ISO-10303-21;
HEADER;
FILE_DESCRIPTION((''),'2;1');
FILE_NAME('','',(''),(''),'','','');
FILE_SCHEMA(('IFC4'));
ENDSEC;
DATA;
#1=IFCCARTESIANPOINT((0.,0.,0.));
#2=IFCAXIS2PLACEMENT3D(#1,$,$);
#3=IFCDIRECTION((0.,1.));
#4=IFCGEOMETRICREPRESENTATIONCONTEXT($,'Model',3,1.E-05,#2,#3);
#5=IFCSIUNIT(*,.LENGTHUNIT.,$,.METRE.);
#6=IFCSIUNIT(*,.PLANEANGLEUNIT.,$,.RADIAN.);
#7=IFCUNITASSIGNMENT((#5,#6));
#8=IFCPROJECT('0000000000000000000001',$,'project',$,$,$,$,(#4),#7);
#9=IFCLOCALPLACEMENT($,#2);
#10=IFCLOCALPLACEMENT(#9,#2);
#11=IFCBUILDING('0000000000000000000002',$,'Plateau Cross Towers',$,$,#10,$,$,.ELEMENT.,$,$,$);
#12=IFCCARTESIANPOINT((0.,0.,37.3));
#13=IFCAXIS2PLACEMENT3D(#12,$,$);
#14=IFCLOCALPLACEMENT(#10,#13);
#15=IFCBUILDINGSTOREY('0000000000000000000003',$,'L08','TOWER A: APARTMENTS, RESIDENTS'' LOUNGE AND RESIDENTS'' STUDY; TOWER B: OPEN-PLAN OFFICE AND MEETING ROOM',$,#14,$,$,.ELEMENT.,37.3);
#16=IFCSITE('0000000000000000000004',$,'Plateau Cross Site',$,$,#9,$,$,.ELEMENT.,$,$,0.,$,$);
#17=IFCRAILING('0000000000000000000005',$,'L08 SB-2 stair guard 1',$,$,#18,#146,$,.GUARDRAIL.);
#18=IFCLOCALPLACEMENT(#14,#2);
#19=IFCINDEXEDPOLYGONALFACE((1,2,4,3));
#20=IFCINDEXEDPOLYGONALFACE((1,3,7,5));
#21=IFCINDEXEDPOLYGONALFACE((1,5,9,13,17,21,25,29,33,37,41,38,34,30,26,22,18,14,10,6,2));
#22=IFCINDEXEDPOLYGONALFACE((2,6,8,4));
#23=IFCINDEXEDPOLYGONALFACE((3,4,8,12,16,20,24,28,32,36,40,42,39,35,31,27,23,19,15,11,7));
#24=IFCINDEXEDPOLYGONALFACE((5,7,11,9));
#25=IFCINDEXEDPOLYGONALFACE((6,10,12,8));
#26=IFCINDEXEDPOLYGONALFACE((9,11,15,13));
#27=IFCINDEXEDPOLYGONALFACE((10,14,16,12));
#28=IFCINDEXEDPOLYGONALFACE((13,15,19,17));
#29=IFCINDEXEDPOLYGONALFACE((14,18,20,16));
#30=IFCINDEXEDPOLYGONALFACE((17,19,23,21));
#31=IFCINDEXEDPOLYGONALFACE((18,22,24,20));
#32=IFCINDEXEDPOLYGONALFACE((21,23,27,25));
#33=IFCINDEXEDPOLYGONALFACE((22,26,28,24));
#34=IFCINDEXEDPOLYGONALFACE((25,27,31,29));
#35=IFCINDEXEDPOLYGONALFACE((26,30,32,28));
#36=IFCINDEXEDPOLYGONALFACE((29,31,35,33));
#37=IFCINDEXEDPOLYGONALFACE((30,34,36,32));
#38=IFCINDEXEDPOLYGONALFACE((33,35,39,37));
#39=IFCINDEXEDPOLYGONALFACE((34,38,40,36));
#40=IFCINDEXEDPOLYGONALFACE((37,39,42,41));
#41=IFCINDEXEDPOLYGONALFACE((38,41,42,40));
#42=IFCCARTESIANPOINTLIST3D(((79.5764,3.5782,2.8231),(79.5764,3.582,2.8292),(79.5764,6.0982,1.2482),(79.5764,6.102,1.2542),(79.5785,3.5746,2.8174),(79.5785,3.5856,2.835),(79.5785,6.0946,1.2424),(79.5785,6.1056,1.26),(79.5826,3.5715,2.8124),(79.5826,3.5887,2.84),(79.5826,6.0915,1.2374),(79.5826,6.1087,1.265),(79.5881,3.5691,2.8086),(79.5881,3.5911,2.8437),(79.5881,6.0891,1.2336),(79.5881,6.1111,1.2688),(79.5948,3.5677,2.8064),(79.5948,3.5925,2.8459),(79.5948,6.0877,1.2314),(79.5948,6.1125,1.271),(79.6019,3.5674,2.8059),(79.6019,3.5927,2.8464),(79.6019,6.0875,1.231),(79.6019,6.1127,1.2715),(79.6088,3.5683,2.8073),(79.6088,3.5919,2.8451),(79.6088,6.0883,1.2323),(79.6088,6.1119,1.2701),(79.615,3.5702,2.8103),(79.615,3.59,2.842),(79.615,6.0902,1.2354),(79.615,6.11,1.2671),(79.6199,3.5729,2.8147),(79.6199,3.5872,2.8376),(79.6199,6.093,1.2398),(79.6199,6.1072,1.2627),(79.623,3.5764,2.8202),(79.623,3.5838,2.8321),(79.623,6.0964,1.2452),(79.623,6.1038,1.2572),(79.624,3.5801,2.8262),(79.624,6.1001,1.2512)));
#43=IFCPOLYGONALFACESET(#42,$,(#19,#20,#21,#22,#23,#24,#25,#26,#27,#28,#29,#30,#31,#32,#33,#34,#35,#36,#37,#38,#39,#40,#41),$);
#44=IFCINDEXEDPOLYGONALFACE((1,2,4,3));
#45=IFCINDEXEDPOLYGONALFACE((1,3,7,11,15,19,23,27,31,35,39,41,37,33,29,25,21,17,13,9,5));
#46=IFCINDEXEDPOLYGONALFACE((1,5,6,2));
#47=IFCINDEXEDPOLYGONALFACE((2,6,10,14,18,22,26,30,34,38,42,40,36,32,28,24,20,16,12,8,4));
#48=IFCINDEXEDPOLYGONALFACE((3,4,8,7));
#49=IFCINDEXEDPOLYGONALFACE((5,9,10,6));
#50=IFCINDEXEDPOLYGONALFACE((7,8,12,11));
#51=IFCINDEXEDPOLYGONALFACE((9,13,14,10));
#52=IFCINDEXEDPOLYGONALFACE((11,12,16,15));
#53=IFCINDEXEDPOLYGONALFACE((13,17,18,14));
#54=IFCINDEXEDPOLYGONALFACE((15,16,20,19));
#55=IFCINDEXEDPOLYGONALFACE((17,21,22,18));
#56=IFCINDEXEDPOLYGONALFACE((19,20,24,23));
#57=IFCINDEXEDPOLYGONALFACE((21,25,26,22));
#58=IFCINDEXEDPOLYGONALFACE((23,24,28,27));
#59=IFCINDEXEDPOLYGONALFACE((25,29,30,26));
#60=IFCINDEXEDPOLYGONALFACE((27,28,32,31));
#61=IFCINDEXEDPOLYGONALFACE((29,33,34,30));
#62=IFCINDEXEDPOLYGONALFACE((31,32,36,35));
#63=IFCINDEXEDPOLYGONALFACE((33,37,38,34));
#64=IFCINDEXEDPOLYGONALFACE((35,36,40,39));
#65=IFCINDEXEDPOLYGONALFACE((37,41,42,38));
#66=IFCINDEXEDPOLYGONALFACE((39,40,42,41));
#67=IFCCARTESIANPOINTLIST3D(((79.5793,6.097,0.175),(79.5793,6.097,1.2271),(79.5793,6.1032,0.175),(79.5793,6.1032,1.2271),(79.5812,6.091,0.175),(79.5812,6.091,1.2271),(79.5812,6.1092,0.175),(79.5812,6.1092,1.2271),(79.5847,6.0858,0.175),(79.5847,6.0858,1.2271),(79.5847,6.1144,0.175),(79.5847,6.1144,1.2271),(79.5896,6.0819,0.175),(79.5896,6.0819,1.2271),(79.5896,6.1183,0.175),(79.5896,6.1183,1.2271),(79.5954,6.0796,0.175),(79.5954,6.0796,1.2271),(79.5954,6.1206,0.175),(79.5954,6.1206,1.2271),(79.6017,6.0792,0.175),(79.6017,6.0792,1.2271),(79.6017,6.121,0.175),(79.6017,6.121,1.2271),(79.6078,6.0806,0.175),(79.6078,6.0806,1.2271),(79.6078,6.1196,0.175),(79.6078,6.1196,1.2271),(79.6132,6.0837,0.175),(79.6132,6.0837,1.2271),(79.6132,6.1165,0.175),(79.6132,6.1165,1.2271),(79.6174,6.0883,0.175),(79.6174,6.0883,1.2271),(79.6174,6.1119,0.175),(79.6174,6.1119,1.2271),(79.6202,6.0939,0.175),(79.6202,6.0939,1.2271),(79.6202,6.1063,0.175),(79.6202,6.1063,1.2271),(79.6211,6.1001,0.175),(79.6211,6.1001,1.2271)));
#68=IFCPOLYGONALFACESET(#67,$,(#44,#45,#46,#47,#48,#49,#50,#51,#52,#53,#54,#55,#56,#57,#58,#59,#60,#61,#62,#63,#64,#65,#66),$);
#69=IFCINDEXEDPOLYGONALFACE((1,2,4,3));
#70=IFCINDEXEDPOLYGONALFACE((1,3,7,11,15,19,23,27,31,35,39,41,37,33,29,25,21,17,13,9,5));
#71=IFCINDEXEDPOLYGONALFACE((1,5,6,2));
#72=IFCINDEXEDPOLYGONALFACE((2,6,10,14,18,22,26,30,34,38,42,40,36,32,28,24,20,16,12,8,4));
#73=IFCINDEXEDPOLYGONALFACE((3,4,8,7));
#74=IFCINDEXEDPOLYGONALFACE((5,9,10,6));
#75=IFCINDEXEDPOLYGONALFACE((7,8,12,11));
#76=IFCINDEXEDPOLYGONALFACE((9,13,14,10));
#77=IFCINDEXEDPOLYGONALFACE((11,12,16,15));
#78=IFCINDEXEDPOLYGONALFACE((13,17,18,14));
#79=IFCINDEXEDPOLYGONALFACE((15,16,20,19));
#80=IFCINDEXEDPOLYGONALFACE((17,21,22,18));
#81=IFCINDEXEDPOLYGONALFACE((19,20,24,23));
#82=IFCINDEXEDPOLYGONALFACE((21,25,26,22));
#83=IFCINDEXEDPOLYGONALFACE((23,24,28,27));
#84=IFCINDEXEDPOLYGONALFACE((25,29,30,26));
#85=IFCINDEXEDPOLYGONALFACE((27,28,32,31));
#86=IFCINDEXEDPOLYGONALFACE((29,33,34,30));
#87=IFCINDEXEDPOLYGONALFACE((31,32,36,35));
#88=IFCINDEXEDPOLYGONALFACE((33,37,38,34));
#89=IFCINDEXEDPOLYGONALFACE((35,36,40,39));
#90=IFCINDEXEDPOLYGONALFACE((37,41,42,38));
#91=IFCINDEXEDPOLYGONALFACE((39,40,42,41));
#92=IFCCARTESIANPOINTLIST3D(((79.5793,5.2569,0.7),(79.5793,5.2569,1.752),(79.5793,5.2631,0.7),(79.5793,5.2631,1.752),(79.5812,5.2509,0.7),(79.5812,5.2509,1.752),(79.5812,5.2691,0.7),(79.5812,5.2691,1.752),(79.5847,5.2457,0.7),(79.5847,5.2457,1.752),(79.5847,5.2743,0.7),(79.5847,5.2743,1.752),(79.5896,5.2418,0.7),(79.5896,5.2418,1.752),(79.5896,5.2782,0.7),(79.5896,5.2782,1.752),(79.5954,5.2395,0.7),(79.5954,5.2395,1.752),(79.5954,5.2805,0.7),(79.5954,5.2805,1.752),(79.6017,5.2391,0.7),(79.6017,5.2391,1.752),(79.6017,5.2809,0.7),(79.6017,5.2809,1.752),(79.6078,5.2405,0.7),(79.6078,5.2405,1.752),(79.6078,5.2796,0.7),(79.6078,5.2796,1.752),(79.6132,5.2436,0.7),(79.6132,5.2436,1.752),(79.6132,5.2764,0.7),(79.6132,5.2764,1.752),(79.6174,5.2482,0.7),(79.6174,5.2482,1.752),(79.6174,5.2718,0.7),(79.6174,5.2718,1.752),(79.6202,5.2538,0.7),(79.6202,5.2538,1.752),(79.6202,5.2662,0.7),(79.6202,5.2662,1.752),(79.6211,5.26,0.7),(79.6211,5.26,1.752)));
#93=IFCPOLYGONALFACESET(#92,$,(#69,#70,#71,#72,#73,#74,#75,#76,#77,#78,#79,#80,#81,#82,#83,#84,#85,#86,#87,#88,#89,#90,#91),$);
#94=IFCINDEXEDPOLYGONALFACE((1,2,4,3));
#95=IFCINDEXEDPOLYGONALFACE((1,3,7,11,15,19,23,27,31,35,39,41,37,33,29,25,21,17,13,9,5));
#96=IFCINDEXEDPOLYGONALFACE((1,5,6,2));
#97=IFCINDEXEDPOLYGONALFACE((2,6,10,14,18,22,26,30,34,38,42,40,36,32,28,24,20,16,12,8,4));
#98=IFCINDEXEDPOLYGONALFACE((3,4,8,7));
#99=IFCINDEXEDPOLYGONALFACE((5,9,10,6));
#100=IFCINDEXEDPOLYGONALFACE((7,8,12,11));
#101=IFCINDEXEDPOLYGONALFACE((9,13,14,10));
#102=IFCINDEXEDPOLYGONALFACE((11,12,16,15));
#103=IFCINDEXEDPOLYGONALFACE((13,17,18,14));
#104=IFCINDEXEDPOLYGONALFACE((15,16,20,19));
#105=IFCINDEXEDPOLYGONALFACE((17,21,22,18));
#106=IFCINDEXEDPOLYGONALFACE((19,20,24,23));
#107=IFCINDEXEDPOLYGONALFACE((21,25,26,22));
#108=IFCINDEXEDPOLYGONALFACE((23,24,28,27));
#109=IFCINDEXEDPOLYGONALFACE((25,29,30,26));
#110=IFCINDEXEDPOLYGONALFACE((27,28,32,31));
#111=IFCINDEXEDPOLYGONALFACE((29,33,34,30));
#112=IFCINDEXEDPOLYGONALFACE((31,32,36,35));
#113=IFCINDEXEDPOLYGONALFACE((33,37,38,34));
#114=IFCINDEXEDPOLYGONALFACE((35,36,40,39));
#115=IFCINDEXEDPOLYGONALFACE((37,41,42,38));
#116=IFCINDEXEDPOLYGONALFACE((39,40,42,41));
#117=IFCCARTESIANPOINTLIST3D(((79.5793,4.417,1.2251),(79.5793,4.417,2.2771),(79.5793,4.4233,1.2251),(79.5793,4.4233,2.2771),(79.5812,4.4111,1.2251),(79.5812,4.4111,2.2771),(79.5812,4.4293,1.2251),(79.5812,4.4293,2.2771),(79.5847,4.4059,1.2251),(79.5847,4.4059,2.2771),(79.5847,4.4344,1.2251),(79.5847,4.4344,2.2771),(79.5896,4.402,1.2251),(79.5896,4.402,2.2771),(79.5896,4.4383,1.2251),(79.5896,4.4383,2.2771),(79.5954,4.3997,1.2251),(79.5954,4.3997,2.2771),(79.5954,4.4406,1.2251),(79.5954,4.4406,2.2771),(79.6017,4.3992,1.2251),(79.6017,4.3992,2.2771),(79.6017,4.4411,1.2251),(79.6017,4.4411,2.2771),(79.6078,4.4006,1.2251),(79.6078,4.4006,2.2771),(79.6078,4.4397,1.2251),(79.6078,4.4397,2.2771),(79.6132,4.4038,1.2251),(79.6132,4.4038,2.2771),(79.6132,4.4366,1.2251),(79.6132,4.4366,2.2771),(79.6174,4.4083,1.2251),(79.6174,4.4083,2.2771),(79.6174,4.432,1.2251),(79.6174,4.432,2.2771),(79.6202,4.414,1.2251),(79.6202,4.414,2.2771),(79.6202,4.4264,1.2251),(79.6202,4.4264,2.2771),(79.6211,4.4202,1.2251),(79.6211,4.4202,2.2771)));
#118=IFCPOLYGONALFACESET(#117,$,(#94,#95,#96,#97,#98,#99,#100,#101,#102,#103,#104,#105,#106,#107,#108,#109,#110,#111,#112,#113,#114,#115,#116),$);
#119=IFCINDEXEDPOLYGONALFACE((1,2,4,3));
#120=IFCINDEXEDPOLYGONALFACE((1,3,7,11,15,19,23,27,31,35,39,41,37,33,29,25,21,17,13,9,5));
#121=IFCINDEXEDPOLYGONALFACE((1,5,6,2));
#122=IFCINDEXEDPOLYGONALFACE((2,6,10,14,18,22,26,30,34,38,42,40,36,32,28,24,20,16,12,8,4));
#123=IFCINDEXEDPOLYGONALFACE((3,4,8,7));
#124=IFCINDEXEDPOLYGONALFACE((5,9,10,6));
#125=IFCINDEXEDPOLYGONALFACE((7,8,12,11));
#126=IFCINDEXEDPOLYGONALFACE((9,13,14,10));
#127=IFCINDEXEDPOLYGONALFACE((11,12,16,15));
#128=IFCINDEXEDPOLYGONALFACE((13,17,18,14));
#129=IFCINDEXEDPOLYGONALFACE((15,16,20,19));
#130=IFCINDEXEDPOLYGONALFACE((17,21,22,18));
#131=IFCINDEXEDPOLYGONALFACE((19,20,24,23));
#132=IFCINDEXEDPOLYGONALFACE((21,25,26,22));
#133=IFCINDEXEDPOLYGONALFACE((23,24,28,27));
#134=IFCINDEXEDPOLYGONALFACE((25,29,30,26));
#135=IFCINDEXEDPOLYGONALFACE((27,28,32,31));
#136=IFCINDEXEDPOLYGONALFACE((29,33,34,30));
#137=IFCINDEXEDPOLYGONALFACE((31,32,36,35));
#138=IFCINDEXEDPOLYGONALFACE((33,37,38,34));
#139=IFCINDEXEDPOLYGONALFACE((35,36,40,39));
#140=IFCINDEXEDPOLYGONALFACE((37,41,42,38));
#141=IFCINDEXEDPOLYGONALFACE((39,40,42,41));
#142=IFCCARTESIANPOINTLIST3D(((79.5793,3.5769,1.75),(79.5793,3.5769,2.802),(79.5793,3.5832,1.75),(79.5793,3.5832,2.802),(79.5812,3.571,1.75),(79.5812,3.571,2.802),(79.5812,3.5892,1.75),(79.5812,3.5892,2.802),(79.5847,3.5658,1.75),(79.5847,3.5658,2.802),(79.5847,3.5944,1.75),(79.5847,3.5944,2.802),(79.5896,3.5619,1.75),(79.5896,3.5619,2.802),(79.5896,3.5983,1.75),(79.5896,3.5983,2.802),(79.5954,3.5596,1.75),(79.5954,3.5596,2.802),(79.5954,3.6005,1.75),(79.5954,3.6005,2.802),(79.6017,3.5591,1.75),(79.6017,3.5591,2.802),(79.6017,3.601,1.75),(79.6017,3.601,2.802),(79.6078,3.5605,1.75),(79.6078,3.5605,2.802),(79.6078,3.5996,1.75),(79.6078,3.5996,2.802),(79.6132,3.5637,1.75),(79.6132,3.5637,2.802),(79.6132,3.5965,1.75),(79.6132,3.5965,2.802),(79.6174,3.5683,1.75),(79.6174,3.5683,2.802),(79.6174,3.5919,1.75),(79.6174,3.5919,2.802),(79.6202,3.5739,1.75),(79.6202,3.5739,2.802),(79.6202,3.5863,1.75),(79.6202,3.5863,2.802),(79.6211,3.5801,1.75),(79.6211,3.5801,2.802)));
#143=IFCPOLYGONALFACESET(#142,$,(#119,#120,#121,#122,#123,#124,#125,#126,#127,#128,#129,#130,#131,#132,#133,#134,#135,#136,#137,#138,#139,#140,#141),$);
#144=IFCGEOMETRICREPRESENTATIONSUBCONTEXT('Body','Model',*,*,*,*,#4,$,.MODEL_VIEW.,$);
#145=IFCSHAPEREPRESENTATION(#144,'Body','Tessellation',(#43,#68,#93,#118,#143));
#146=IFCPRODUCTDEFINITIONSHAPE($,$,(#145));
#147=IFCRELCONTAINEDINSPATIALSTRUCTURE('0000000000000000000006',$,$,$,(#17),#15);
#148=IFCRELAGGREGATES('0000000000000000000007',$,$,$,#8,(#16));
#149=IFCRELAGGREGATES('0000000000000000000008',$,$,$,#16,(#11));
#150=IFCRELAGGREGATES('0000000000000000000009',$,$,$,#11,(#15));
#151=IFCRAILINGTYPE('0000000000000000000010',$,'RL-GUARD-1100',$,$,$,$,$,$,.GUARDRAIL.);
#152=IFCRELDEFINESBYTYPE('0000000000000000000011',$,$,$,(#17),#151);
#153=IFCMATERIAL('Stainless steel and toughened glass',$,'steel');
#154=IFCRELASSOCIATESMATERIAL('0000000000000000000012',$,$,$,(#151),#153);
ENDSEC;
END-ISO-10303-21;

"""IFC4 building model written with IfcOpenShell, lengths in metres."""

from ifc_helpers import new_model, si_unit, direction, frame, origin, origin_2d, place, context, subcontext, project, spatial, circle, extrude, material, type_object, element, save


model = new_model("IFC4")

# Units and contexts
model_context = context("Model", 3, precision=1e-05, world=origin(), true_north=direction((0.0, 1.0)))
body_context = subcontext(model_context, "Body", "Model", "MODEL_VIEW")
ifc_project = project(units=[si_unit("LENGTHUNIT", "METRE"), si_unit("PLANEANGLEUNIT", "RADIAN")], contexts=[model_context])

# Site, building, storey
site_placement = place(None, origin())
site = spatial("IfcSite", under=ifc_project, at=site_placement, Name="Plateau Cross Site", CompositionType="ELEMENT", RefElevation=0.0)
building_placement = place(site_placement, origin())
building = spatial("IfcBuilding", under=site, at=building_placement, Name="Plateau Cross Towers", CompositionType="ELEMENT")
storey_placement = place(building_placement, frame((0.0, 0.0, 37.3)))
storey = spatial("IfcBuildingStorey", under=building, at=storey_placement, Name="L08", Description="TOWER A: APARTMENTS, RESIDENTS' LOUNGE AND RESIDENTS' STUDY; TOWER B: OPEN-PLAN OFFICE AND MEETING ROOM", CompositionType="ELEMENT", Elevation=37.3)

# Railing
ifc_material_1 = material(Name="Stainless steel and toughened glass", Category="steel")
railing_type = type_object("IfcRailingType", Name="RL-GUARD-1100", PredefinedType="GUARDRAIL", material=ifc_material_1)
railing_1_placement = place(storey_placement, frame((79.6001, 6.1001, 0.175)))
element("IfcRailing", 1, at=railing_1_placement, inside=storey, type_object=railing_type, Name="L08 SB-2 stair guard 1", PredefinedType="GUARDRAIL", context=body_context, shape_type="SweptSolid", body=[
    extrude(circle(Radius=0.0239, at=origin_2d()), frame((0.0, 0.0, 1.0762), z_axis=(0.0, -0.848008, 0.529984), x_axis=(1.0, 0.0, 0.0)), (0.0, 0.0, 1.0), 2.9717),
    extrude(circle(Radius=0.021, at=origin_2d()), origin(), (0.0, 0.0, 1.0), 1.052),
    extrude(circle(Radius=0.021, at=origin_2d()), frame((0.0, -0.8401, 0.5249)), (0.0, 0.0, 1.0), 1.052),
    extrude(circle(Radius=0.021, at=origin_2d()), frame((0.0, -1.6799, 1.05)), (0.0, 0.0, 1.0), 1.052),
    extrude(circle(Radius=0.021, at=origin_2d()), frame((0.0, -2.52, 1.575)), (0.0, 0.0, 1.0), 1.052),
])

save(model, "model.ifc")
